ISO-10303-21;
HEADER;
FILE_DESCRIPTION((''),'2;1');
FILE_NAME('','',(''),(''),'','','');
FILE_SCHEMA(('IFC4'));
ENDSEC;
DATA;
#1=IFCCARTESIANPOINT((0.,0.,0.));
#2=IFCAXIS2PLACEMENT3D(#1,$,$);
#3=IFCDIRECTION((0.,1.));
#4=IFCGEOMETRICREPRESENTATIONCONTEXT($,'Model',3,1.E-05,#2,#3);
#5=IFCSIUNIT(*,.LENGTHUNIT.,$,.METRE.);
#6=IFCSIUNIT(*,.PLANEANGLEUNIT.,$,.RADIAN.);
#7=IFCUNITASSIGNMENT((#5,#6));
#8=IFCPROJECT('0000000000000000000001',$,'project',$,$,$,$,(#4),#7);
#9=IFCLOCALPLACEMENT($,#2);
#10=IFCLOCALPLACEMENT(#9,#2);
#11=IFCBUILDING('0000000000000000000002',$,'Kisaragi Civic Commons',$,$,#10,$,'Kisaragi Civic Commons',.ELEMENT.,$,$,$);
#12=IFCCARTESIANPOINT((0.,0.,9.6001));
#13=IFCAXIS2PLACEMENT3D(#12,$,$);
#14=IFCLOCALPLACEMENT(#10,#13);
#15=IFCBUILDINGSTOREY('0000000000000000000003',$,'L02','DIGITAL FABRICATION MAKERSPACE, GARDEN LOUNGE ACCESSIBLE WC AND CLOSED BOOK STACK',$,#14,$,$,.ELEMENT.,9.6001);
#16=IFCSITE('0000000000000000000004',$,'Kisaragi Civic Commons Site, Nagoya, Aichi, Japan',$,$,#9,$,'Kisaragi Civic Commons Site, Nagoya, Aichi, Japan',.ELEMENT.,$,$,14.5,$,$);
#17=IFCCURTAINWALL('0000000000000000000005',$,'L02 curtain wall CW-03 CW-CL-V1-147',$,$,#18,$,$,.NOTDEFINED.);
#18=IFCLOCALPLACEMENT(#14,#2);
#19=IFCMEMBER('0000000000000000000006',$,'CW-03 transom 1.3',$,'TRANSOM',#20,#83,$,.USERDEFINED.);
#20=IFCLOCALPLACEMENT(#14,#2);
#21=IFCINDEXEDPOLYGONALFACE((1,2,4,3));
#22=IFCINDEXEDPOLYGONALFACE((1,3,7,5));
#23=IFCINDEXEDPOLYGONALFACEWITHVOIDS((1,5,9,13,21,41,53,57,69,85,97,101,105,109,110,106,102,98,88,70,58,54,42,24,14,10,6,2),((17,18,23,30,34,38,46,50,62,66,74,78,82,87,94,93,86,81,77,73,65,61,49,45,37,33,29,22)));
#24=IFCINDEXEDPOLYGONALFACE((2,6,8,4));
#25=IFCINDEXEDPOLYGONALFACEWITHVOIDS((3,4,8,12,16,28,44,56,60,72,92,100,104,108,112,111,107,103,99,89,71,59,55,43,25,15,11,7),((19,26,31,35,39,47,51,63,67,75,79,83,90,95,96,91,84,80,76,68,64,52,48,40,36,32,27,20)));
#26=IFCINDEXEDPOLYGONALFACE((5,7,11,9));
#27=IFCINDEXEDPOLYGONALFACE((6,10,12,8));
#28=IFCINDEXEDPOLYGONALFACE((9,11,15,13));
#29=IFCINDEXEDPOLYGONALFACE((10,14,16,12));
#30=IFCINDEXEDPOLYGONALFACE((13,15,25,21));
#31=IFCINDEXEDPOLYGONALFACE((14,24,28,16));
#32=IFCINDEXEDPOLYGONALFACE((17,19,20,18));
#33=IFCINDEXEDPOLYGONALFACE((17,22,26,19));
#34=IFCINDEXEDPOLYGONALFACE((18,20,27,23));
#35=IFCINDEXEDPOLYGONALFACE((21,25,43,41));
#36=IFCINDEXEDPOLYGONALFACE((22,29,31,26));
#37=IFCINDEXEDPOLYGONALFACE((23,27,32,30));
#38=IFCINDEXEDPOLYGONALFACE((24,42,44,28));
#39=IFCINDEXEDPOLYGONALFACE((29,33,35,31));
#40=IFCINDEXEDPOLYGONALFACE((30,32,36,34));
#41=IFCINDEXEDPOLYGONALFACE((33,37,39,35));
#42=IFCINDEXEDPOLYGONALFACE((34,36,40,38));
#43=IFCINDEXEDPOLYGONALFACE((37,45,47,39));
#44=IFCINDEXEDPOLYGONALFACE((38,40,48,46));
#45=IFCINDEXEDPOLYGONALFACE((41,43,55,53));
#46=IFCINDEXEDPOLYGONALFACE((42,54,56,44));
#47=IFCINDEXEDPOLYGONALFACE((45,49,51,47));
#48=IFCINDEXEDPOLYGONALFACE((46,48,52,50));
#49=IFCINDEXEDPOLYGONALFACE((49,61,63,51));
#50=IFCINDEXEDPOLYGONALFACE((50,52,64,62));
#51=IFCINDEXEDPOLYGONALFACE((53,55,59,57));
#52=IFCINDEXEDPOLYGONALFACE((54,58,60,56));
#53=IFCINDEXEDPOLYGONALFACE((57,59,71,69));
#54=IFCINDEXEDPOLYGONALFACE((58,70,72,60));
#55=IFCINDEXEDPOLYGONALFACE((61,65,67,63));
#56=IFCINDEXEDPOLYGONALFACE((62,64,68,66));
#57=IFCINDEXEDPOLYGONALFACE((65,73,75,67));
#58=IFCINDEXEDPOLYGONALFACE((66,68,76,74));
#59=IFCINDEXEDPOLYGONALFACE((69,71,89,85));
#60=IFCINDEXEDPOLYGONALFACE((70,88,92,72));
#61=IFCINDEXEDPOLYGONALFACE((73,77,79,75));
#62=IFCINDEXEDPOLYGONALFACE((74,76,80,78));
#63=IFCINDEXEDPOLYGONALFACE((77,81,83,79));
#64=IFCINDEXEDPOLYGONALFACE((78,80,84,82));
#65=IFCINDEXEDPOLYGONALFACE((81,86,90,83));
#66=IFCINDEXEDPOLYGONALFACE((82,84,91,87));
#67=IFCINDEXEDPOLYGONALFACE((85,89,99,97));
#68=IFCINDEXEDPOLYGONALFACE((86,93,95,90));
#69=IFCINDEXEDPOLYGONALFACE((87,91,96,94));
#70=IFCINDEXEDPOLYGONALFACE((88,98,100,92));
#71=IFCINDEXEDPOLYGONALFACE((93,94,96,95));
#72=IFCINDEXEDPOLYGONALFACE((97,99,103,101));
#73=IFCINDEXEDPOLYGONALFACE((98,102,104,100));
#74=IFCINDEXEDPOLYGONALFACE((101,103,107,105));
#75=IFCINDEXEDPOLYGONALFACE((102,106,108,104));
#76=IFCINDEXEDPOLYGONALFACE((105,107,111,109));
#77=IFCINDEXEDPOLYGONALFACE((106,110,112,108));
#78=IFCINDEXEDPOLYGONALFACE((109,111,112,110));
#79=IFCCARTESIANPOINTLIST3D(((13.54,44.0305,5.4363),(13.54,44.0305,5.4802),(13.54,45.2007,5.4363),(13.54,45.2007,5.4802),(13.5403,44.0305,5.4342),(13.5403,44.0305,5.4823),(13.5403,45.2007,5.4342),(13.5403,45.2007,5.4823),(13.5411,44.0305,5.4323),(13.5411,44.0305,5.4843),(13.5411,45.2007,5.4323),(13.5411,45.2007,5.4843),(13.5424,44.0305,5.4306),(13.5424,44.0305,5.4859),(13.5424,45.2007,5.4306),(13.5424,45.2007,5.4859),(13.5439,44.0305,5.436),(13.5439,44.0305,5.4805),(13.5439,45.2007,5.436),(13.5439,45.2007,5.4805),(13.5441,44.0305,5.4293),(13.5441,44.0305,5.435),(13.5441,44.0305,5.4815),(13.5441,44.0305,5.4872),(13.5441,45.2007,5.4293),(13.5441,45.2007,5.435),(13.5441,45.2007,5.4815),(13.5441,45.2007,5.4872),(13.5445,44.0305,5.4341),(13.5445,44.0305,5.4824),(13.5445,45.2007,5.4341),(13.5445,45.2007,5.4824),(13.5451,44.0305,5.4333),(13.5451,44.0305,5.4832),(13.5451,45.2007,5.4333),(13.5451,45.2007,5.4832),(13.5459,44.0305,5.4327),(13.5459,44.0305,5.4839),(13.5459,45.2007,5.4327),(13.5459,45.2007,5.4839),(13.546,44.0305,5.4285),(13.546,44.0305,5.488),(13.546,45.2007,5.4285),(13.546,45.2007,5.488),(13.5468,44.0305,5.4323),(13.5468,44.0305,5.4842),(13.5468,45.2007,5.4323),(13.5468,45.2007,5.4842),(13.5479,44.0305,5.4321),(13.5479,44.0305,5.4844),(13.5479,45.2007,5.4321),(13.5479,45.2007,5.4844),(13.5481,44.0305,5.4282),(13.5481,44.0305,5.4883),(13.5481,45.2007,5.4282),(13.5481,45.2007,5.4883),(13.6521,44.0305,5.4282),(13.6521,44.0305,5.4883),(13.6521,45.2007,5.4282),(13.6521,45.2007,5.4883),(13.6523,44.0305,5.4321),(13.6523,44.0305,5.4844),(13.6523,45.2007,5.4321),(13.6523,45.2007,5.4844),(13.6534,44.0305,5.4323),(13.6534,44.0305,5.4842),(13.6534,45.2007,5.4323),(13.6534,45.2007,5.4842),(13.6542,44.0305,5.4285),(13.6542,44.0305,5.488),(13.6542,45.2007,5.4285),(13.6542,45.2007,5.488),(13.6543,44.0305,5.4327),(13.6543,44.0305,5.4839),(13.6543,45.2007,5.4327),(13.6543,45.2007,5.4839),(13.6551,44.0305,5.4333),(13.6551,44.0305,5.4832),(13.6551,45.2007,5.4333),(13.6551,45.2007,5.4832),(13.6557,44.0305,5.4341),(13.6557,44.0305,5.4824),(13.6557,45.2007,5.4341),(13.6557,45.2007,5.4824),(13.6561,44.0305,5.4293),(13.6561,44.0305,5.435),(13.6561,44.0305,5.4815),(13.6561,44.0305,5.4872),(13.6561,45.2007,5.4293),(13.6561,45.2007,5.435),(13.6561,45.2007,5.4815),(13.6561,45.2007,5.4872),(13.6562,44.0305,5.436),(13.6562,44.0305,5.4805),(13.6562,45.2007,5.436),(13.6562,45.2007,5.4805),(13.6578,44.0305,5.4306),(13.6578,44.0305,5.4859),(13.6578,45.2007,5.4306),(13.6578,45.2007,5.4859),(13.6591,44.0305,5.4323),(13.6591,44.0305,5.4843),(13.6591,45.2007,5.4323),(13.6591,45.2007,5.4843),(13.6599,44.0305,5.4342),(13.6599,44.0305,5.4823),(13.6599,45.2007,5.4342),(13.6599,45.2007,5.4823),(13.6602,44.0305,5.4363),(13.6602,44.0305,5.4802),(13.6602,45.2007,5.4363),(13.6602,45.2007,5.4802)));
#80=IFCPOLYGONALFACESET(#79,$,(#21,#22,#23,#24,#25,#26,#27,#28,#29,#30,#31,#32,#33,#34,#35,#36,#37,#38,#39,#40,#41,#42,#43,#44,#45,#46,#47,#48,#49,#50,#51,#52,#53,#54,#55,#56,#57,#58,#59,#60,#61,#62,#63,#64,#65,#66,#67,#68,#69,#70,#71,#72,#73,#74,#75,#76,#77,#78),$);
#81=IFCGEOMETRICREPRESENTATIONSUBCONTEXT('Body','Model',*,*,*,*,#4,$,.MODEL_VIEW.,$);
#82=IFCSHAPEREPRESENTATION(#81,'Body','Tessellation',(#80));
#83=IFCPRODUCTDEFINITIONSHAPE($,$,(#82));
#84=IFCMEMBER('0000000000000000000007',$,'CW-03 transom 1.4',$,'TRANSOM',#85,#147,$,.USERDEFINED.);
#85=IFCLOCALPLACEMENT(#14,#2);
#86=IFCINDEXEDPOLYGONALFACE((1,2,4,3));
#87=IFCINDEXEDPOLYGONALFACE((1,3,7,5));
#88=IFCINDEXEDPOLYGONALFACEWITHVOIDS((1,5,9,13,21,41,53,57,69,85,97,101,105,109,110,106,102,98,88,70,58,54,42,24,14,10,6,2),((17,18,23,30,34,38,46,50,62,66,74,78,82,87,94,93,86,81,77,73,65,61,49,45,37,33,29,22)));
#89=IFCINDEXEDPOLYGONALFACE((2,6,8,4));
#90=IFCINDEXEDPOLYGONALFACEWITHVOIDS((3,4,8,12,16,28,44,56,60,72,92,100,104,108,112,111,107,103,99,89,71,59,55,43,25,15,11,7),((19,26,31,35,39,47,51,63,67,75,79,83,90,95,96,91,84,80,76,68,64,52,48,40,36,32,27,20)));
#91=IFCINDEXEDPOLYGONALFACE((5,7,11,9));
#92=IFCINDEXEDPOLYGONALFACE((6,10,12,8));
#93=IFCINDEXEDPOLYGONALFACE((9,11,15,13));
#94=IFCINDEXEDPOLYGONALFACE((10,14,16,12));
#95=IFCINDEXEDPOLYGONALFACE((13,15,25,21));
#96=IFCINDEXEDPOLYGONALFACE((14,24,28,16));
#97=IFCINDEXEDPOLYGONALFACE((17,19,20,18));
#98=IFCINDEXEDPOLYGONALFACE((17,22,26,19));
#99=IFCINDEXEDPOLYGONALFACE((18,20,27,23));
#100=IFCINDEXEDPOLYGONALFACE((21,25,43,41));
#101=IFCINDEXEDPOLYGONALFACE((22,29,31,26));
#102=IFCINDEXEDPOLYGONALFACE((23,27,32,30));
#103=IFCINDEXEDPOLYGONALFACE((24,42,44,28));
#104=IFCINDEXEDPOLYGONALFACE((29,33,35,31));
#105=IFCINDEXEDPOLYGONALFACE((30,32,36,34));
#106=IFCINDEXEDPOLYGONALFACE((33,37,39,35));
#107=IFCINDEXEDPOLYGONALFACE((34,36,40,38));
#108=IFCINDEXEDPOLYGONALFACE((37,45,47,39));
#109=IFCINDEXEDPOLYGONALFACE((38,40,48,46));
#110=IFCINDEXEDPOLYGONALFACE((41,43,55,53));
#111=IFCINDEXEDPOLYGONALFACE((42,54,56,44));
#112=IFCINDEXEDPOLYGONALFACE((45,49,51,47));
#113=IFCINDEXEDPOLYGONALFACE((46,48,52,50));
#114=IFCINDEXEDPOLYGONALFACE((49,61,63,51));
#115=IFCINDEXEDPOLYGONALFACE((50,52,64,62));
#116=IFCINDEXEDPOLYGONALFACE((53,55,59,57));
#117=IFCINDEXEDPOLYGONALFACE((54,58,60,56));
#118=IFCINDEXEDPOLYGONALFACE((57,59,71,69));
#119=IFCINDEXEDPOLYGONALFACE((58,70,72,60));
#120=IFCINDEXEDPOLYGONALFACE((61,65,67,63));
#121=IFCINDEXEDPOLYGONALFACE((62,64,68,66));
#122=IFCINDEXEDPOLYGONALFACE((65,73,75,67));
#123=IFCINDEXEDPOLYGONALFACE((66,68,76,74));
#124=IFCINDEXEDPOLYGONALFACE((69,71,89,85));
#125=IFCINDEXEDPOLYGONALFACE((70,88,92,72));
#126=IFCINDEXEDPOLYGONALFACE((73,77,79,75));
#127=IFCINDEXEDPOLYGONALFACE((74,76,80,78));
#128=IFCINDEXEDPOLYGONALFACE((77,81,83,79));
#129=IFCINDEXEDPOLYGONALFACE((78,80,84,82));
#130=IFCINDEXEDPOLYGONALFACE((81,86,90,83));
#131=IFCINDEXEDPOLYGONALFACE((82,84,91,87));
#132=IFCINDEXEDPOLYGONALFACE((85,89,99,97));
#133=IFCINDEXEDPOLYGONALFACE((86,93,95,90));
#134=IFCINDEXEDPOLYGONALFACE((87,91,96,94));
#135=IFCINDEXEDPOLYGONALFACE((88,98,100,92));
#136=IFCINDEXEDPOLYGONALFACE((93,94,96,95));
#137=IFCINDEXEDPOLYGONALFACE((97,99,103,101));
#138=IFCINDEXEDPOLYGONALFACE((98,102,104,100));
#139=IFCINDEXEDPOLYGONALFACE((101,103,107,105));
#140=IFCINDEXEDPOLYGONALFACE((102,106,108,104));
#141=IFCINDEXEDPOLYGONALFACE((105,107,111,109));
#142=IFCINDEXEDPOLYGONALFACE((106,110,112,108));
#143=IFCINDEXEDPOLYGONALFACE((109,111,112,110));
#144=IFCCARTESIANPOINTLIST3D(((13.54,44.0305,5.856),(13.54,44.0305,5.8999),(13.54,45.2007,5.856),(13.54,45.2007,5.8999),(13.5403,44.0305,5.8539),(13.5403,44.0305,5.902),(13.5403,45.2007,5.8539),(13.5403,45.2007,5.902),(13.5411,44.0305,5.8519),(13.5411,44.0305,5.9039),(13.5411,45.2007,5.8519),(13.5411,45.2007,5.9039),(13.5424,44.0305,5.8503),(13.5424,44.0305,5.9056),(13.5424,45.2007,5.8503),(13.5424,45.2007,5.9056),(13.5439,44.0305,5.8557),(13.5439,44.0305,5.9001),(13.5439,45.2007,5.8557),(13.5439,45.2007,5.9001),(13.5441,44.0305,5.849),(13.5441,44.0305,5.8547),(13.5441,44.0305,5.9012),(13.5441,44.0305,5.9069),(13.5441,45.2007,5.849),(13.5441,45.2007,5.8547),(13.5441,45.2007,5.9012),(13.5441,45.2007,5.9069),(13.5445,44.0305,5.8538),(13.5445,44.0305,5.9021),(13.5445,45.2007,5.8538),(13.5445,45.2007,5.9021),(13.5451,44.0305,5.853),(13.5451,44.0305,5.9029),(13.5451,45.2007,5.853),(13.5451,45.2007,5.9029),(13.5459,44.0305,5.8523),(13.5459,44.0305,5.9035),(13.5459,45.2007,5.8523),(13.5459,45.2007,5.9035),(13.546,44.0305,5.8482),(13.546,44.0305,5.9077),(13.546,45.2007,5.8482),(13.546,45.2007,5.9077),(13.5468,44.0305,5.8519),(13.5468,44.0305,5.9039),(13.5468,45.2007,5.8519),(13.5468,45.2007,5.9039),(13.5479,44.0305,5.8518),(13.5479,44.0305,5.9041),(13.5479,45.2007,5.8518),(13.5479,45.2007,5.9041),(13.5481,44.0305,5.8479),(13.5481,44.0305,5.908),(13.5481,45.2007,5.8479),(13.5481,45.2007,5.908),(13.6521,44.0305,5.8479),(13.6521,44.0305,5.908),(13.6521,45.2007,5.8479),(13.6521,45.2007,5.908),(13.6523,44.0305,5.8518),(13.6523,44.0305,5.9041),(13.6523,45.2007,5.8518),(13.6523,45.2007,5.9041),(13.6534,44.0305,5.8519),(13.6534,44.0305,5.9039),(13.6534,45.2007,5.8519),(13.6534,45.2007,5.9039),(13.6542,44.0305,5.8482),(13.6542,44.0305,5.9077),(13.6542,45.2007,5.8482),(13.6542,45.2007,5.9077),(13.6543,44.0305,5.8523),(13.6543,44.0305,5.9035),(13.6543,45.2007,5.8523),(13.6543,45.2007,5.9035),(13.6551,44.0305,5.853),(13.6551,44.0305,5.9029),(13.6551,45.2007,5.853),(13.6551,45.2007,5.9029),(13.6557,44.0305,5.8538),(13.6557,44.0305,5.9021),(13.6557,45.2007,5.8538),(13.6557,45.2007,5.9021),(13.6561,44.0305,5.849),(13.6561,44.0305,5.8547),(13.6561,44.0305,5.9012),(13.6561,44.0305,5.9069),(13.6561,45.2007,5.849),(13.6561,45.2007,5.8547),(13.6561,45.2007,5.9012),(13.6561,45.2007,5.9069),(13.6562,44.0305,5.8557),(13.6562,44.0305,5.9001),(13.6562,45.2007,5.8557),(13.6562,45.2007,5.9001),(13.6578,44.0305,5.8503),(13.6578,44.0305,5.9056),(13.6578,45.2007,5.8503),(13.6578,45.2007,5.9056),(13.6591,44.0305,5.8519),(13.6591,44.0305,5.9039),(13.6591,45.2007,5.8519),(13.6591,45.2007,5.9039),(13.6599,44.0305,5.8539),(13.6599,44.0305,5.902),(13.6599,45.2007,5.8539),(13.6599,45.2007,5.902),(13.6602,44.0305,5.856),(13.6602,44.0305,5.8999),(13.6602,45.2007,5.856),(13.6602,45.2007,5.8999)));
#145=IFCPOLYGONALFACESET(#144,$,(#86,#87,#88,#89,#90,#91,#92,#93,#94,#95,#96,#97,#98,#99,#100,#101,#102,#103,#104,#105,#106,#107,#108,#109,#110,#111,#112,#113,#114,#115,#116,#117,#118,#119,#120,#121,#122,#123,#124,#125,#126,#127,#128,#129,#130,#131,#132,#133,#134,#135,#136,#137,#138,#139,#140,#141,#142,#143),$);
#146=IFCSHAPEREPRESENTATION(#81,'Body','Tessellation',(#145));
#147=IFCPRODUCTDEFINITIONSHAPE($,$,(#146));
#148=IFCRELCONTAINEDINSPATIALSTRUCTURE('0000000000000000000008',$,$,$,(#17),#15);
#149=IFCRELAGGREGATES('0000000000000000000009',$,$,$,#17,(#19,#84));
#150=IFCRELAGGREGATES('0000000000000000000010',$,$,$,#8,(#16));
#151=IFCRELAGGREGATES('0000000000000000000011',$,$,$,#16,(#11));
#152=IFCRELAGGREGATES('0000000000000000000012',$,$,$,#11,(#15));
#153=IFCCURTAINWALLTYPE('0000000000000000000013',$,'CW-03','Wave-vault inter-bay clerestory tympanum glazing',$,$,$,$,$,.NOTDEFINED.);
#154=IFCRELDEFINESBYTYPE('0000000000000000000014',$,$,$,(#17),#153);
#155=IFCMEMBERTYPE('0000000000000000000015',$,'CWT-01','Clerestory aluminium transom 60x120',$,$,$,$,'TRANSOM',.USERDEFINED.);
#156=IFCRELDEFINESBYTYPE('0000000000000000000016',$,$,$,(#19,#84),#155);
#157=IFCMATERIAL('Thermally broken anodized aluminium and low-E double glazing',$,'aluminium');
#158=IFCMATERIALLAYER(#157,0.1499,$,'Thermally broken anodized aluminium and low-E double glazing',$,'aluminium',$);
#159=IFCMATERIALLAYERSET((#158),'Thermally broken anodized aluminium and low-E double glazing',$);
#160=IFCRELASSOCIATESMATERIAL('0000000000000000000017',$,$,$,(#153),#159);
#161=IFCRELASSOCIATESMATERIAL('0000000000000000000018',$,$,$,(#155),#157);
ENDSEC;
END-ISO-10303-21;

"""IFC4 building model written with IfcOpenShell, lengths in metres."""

from ifc_helpers import new_model, si_unit, direction, frame, origin, origin_2d, place, context, subcontext, project, spatial, hollow_rectangle, extrude, material, layer, layer_set, material_profile, profile_set, type_object, element, aggregate, save


model = new_model("IFC4")

# Units and contexts
model_context = context("Model", 3, precision=1e-05, world=origin(), true_north=direction((0.0, 1.0)))
body_context = subcontext(model_context, "Body", "Model", "MODEL_VIEW")
ifc_project = project(units=[si_unit("LENGTHUNIT", "METRE"), si_unit("PLANEANGLEUNIT", "RADIAN")], contexts=[model_context])

# Site, building, storey
site_placement = place(None, origin())
site = spatial("IfcSite", under=ifc_project, at=site_placement, Name="Kisaragi Civic Commons Site, Nagoya, Aichi, Japan", LongName="Kisaragi Civic Commons Site, Nagoya, Aichi, Japan", CompositionType="ELEMENT", RefElevation=14.5)
building_placement = place(site_placement, origin())
building = spatial("IfcBuilding", under=site, at=building_placement, Name="Kisaragi Civic Commons", LongName="Kisaragi Civic Commons", CompositionType="ELEMENT")
storey_placement = place(building_placement, frame((0.0, 0.0, 9.6001)))
storey = spatial("IfcBuildingStorey", under=building, at=storey_placement, Name="L02", Description="DIGITAL FABRICATION MAKERSPACE, GARDEN LOUNGE ACCESSIBLE WC AND CLOSED BOOK STACK", CompositionType="ELEMENT", Elevation=9.6001)

# Shared definitions
ifc_material_1 = material(Name="Thermally broken anodized aluminium and low-E double glazing", Category="aluminium")
ifc_layer_1 = layer(ifc_material_1, 0.1499, Name="Thermally broken anodized aluminium and low-E double glazing", Category="aluminium")
ifc_layer_set_1 = layer_set([ifc_layer_1], Name="Thermally broken anodized aluminium and low-E double glazing")
curtain_wall_type = type_object("IfcCurtainWallType", Name="CW-03", Description="Wave-vault inter-bay clerestory tympanum glazing", PredefinedType="NOTDEFINED", material=ifc_layer_set_1)

# Curtain wall
curtain_wall_1_placement = place(storey_placement, origin())
curtain_wall_1 = element("IfcCurtainWall", 1, at=curtain_wall_1_placement, inside=storey, type_object=curtain_wall_type, Name="L02 curtain wall CW-03 CW-CL-V1-147", PredefinedType="NOTDEFINED")

# Members
ifc_material_profile_1 = material_profile(ifc_material_1, hollow_rectangle(XDim=0.1201, YDim=0.0601, WallThickness=0.0039, InnerFilletRadius=0.0039, OuterFilletRadius=0.0081, at=origin_2d()), Name="CWT-60x120x4", Category="aluminium")
ifc_profile_set_1 = profile_set([ifc_material_profile_1], Name="Thermally broken anodized aluminium and low-E double glazing")
member_type_1 = type_object("IfcMemberType", Name="CWT-01", Description="Clerestory aluminium transom 60x120", ElementType="TRANSOM", PredefinedType="USERDEFINED", material=ifc_profile_set_1)
member_1_placement = place(storey_placement, frame((13.6001, 44.0305, 5.4583), z_axis=(0.0, 1.0, 0.0), x_axis=(-1.0, 0.0, 0.0)))
member_1 = element("IfcMember", 2, at=member_1_placement, type_object=member_type_1, Name="CW-03 transom 1.3", ObjectType="TRANSOM", PredefinedType="USERDEFINED", context=body_context, shape_type="SweptSolid", body=[
    extrude(hollow_rectangle(XDim=0.1201, YDim=0.0601, WallThickness=0.0039, InnerFilletRadius=0.0039, OuterFilletRadius=0.0081, at=origin_2d()), origin(), (0.0, 0.0, 1.0), 1.1702),
])
member_2_placement = place(storey_placement, frame((13.6001, 44.0305, 5.8779), z_axis=(0.0, 1.0, 0.0), x_axis=(-1.0, 0.0, 0.0)))
member_2 = element("IfcMember", 3, at=member_2_placement, type_object=member_type_1, Name="CW-03 transom 1.4", ObjectType="TRANSOM", PredefinedType="USERDEFINED", context=body_context, shape_type="SweptSolid", body=[
    extrude(hollow_rectangle(XDim=0.1201, YDim=0.0601, WallThickness=0.0039, InnerFilletRadius=0.0039, OuterFilletRadius=0.0081, at=origin_2d()), origin(), (0.0, 0.0, 1.0), 1.1702),
])

aggregate(curtain_wall_1, [member_1, member_2])

save(model, "model.ifc")
